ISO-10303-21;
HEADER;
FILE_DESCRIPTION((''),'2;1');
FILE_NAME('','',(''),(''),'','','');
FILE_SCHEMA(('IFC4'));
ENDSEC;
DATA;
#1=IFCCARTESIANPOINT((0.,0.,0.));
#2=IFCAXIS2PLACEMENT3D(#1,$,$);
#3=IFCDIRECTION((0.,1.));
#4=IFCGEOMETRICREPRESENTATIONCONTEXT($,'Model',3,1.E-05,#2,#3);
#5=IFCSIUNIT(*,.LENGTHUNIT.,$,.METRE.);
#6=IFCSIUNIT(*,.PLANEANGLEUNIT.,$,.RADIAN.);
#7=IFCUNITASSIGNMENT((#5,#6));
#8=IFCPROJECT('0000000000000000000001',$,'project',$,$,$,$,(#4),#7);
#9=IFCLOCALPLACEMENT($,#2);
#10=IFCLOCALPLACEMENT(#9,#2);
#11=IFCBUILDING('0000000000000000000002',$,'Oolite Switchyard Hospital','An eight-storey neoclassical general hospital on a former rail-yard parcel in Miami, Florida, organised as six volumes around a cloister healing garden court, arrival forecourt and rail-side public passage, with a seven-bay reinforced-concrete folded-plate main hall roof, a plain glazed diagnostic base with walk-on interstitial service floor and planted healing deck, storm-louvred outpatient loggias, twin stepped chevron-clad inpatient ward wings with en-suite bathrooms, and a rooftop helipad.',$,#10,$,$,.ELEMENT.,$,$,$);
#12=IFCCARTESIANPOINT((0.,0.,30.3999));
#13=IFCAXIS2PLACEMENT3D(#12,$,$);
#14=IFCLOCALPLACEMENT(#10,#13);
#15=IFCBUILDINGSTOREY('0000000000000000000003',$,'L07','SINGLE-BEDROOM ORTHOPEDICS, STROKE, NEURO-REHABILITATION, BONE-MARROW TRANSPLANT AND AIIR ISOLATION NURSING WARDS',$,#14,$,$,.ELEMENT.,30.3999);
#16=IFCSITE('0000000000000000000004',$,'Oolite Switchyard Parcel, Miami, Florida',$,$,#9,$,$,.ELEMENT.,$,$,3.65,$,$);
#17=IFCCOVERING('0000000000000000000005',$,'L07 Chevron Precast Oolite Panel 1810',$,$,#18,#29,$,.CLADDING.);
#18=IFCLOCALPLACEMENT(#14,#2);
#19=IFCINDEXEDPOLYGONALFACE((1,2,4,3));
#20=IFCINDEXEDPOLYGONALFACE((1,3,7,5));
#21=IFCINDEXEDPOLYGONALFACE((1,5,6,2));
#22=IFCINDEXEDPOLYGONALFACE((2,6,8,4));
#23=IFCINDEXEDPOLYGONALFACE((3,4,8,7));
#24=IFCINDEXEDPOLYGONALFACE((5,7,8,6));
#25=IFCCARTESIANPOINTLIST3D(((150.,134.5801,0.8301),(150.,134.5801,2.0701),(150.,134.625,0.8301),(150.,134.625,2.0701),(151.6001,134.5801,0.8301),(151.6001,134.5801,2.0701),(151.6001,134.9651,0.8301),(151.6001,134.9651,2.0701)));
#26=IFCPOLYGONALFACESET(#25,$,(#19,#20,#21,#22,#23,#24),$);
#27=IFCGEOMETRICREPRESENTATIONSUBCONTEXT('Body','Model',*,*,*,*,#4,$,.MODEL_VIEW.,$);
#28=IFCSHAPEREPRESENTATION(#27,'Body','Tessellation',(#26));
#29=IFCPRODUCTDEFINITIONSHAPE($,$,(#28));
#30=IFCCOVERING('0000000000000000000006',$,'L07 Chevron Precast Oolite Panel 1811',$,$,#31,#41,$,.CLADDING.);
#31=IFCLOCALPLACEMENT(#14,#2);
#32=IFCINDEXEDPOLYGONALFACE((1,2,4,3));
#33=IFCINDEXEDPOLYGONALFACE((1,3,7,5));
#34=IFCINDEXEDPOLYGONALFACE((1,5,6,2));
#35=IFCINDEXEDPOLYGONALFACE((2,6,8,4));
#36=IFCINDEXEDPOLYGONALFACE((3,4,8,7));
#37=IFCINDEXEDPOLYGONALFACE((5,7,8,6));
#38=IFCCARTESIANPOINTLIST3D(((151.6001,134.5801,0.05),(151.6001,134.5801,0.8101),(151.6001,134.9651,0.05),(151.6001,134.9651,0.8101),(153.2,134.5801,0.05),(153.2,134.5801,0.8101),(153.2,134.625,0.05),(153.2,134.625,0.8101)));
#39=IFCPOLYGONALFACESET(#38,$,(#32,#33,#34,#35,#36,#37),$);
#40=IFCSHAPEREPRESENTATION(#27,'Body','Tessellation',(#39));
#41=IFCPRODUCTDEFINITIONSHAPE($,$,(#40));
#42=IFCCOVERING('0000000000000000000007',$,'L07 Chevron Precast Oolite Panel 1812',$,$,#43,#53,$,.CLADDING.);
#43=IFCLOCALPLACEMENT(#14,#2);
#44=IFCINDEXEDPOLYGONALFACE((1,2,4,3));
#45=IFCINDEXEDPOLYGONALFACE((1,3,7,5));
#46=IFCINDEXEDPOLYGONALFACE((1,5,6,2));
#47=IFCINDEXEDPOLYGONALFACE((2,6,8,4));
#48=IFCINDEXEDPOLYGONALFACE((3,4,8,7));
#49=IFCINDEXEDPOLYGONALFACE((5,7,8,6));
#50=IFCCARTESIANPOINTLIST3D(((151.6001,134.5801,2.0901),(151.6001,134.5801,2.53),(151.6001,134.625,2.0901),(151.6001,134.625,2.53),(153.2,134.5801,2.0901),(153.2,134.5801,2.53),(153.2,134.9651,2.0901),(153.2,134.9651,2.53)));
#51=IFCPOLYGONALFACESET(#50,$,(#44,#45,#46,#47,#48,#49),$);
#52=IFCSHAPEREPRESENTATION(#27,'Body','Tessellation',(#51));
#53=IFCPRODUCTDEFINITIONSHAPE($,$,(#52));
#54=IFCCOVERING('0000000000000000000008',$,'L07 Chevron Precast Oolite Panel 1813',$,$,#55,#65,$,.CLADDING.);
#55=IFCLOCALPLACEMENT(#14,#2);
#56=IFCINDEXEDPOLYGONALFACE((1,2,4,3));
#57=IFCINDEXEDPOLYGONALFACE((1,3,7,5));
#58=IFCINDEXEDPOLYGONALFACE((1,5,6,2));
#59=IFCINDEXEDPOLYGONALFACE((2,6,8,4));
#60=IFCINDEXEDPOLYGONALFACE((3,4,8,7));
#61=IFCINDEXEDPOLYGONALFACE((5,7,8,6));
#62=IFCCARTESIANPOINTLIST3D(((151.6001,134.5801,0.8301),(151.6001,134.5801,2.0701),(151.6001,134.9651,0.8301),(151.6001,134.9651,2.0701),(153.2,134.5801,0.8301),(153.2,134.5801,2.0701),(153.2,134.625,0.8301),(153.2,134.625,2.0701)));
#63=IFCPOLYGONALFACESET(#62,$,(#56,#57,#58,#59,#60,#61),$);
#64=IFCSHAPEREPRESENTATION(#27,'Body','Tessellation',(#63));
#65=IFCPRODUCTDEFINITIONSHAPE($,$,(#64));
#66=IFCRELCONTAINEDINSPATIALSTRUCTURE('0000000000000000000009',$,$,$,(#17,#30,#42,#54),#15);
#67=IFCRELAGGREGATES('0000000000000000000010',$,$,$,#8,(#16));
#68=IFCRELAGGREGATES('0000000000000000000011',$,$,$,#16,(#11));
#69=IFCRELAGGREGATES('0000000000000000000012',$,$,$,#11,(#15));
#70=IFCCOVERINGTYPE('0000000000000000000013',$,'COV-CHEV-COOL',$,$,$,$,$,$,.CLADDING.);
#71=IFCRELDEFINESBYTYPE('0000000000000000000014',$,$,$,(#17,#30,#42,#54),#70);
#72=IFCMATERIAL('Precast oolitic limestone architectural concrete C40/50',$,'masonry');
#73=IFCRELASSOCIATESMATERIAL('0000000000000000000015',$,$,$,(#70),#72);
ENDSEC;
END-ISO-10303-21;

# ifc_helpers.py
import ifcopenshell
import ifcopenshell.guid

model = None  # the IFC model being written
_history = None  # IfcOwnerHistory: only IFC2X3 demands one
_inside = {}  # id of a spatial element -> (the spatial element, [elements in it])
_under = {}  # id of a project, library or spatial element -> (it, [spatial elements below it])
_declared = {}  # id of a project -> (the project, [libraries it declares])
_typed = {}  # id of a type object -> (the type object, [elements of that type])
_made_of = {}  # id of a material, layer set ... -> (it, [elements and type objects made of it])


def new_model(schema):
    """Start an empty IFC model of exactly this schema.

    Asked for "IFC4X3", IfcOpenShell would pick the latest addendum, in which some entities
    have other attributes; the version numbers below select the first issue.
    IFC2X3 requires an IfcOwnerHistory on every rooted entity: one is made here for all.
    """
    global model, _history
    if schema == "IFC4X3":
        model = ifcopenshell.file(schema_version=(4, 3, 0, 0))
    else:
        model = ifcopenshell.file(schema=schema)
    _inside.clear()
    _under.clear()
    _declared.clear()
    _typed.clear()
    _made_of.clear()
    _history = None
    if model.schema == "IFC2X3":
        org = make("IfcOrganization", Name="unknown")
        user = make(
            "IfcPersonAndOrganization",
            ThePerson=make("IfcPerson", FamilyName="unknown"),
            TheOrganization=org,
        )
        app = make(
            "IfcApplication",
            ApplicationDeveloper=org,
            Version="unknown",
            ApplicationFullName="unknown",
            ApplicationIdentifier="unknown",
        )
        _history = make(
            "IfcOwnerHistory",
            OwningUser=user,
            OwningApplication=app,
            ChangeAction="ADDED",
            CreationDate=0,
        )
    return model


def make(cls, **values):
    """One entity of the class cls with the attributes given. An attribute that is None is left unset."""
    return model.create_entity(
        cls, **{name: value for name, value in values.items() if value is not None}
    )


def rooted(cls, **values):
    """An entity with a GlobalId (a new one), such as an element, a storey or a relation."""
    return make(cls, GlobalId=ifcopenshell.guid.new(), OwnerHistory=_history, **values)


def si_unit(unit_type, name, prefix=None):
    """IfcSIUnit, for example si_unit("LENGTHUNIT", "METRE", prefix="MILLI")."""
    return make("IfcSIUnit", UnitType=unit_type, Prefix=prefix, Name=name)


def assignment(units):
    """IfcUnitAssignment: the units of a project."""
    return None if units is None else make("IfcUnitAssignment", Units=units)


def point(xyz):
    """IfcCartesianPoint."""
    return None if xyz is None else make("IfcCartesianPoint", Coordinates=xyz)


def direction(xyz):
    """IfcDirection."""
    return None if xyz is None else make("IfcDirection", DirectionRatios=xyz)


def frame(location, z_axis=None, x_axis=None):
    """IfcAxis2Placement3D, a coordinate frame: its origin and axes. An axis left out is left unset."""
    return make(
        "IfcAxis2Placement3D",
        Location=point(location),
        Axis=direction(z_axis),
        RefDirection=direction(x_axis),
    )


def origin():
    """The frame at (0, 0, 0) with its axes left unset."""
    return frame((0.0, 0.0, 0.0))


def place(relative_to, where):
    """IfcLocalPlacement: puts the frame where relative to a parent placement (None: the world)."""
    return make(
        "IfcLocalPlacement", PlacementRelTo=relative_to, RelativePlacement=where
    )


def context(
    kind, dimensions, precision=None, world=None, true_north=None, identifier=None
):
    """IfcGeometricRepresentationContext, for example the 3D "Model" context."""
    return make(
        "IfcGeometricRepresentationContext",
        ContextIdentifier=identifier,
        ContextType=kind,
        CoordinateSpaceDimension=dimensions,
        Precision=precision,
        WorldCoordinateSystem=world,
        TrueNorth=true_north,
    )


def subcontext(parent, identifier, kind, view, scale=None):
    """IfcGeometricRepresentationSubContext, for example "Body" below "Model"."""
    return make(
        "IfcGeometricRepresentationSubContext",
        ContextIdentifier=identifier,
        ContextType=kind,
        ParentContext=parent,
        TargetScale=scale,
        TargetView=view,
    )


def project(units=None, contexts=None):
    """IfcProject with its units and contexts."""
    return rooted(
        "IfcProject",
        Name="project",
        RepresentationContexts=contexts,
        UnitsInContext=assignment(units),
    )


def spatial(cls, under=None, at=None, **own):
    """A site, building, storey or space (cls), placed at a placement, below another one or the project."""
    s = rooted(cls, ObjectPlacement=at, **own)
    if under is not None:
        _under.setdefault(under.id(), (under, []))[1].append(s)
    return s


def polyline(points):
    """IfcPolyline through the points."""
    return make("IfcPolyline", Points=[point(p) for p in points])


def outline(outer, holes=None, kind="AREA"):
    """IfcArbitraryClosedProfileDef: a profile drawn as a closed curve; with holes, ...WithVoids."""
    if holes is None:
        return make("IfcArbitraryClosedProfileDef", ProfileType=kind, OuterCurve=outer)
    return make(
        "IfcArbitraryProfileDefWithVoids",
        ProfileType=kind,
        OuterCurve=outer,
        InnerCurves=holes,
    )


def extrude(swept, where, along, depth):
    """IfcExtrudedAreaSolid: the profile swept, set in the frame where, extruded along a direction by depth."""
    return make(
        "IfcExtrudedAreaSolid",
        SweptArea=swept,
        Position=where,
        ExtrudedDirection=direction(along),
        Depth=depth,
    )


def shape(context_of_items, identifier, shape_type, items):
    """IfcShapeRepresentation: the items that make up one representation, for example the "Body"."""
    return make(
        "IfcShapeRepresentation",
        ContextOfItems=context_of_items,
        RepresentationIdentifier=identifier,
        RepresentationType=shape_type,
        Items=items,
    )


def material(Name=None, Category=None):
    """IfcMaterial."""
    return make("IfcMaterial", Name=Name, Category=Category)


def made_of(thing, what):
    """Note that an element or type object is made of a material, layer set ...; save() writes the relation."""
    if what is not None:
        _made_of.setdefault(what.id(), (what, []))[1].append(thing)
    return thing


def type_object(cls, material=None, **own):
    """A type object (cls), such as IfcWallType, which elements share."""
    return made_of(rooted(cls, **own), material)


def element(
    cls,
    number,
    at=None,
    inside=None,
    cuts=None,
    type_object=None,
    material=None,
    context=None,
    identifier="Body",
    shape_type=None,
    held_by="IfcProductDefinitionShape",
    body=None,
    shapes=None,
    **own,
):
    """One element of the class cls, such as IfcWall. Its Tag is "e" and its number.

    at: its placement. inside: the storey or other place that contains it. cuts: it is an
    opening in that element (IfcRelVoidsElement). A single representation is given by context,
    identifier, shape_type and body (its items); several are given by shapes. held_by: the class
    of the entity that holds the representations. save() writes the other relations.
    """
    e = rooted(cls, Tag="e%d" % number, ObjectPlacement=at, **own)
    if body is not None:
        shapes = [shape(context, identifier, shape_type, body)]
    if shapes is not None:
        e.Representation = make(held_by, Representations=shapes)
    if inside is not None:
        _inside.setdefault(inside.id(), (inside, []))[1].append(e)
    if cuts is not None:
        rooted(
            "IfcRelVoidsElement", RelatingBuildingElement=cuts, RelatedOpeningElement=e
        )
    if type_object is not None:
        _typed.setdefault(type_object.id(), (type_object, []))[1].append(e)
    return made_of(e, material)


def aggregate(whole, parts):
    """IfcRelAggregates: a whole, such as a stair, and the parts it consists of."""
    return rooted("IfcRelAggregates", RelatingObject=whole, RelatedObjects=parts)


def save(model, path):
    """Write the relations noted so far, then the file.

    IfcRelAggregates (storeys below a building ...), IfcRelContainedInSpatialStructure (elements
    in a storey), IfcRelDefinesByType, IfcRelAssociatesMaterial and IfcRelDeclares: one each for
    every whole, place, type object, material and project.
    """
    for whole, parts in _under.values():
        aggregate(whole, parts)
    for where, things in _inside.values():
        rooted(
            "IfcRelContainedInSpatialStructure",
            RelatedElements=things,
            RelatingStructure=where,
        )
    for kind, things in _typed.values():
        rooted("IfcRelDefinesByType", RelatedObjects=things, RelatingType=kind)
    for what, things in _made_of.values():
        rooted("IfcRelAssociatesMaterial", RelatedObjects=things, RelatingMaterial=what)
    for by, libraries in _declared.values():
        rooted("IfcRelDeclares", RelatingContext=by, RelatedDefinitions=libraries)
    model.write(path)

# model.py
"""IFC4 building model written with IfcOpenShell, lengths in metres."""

from ifc_helpers import new_model, si_unit, direction, frame, origin, place, context, subcontext, project, spatial, polyline, outline, extrude, material, type_object, element, save


model = new_model("IFC4")

# Units and contexts
model_context = context("Model", 3, precision=1e-05, world=origin(), true_north=direction((0.0, 1.0)))
body_context = subcontext(model_context, "Body", "Model", "MODEL_VIEW")
ifc_project = project(units=[si_unit("LENGTHUNIT", "METRE"), si_unit("PLANEANGLEUNIT", "RADIAN")], contexts=[model_context])

# Site, building, storey
site_placement = place(None, origin())
site = spatial("IfcSite", under=ifc_project, at=site_placement, Name="Oolite Switchyard Parcel, Miami, Florida", CompositionType="ELEMENT", RefElevation=3.65)
building_placement = place(site_placement, origin())
building = spatial("IfcBuilding", under=site, at=building_placement, Name="Oolite Switchyard Hospital", Description="An eight-storey neoclassical general hospital on a former rail-yard parcel in Miami, Florida, organised as six volumes around a cloister healing garden court, arrival forecourt and rail-side public passage, with a seven-bay reinforced-concrete folded-plate main hall roof, a plain glazed diagnostic base with walk-on interstitial service floor and planted healing deck, storm-louvred outpatient loggias, twin stepped chevron-clad inpatient ward wings with en-suite bathrooms, and a rooftop helipad.", CompositionType="ELEMENT")
storey_placement = place(building_placement, frame((0.0, 0.0, 30.3999)))
storey = spatial("IfcBuildingStorey", under=building, at=storey_placement, Name="L07", Description="SINGLE-BEDROOM ORTHOPEDICS, STROKE, NEURO-REHABILITATION, BONE-MARROW TRANSPLANT AND AIIR ISOLATION NURSING WARDS", CompositionType="ELEMENT", Elevation=30.3999)

# Coverings
ifc_material_1 = material(Name="Precast oolitic limestone architectural concrete C40/50", Category="masonry")
covering_type = type_object("IfcCoveringType", Name="COV-CHEV-COOL", PredefinedType="CLADDING", material=ifc_material_1)
covering_1_placement = place(storey_placement, frame((150.0, 134.5801, 0.8301), z_axis=(0.0, 0.0, 1.0), x_axis=(1.0, 0.0, 0.0)))
element("IfcCovering", 1, at=covering_1_placement, inside=storey, type_object=covering_type, Name="L07 Chevron Precast Oolite Panel 1810", PredefinedType="CLADDING", context=body_context, shape_type="SweptSolid", body=[
    extrude(outline(polyline([(0.0, 0.0), (1.6001, 0.0), (1.6001, 0.385), (0.0, 0.0449), (0.0, 0.0)])), origin(), (0.0, 0.0, 1.0), 1.24),
])
covering_2_placement = place(storey_placement, frame((151.6001, 134.5801, 0.05), z_axis=(0.0, 0.0, 1.0), x_axis=(1.0, 0.0, 0.0)))
element("IfcCovering", 2, at=covering_2_placement, inside=storey, type_object=covering_type, Name="L07 Chevron Precast Oolite Panel 1811", PredefinedType="CLADDING", context=body_context, shape_type="SweptSolid", body=[
    extrude(outline(polyline([(0.0, 0.0), (1.5999, 0.0), (1.5999, 0.0449), (0.0, 0.385), (0.0, 0.0)])), origin(), (0.0, 0.0, 1.0), 0.76),
])
covering_3_placement = place(storey_placement, frame((151.6001, 134.5801, 2.0901), z_axis=(0.0, 0.0, 1.0), x_axis=(1.0, 0.0, 0.0)))
element("IfcCovering", 3, at=covering_3_placement, inside=storey, type_object=covering_type, Name="L07 Chevron Precast Oolite Panel 1812", PredefinedType="CLADDING", context=body_context, shape_type="SweptSolid", body=[
    extrude(outline(polyline([(0.0, 0.0), (1.5999, 0.0), (1.5999, 0.385), (0.0, 0.0449), (0.0, 0.0)])), origin(), (0.0, 0.0, 1.0), 0.4399),
])
covering_4_placement = place(storey_placement, frame((151.6001, 134.5801, 0.8301), z_axis=(0.0, 0.0, 1.0), x_axis=(1.0, 0.0, 0.0)))
element("IfcCovering", 4, at=covering_4_placement, inside=storey, type_object=covering_type, Name="L07 Chevron Precast Oolite Panel 1813", PredefinedType="CLADDING", context=body_context, shape_type="SweptSolid", body=[
    extrude(outline(polyline([(0.0, 0.0), (1.5999, 0.0), (1.5999, 0.0449), (0.0, 0.385), (0.0, 0.0)])), origin(), (0.0, 0.0, 1.0), 1.24),
])

save(model, "model.ifc")
